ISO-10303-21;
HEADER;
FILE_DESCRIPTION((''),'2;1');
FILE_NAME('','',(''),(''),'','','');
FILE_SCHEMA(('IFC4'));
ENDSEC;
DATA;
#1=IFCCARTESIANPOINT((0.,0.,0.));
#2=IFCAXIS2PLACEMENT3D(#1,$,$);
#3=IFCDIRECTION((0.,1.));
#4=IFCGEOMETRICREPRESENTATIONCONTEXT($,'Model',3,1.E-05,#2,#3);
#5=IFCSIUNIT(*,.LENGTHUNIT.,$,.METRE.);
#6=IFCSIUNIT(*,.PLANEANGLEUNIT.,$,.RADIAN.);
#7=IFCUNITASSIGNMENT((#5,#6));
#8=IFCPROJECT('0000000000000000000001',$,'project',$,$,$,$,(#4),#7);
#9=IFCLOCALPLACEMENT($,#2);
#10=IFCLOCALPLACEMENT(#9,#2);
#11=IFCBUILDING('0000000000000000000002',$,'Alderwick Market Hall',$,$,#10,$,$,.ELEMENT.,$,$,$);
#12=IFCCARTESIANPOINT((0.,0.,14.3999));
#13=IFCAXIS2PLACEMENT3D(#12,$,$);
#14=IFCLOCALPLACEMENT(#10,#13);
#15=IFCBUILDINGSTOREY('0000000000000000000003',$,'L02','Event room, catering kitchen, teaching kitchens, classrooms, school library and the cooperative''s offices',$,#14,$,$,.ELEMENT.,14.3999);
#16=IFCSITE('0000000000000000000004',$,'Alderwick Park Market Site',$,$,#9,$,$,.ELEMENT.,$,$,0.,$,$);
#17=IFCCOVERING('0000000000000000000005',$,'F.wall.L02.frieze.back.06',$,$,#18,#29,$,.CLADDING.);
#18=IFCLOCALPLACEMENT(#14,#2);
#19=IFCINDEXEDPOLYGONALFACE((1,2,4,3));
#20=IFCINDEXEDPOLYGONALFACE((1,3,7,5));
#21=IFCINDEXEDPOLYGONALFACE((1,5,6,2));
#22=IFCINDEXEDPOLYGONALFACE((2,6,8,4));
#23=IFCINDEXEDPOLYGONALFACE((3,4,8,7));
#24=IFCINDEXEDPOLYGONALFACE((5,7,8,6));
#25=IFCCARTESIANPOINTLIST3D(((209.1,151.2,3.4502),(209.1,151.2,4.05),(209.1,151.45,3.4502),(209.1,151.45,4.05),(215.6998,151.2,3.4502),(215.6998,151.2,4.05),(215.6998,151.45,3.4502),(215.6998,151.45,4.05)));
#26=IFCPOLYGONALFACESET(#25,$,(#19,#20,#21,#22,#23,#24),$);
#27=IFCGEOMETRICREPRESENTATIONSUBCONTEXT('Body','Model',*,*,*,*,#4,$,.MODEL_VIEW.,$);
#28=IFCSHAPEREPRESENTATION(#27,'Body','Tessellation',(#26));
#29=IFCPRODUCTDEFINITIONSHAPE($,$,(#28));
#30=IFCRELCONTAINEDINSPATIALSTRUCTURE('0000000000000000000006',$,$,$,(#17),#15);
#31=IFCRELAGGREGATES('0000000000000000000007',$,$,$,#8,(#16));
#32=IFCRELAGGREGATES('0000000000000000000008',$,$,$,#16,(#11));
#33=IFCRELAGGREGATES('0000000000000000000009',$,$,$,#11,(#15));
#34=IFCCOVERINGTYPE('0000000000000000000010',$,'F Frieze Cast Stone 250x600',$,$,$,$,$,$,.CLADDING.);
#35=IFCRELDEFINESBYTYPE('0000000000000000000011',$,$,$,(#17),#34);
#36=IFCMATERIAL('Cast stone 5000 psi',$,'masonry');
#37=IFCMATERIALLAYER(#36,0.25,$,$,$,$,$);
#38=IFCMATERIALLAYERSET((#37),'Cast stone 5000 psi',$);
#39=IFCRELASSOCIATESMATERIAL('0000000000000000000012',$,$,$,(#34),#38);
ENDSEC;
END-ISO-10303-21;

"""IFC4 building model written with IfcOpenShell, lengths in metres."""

from ifc_helpers import new_model, si_unit, direction, frame, frame_2d, origin, place, context, subcontext, project, spatial, rectangle, extrude, material, layer, layer_set, type_object, element, save


model = new_model("IFC4")

# Units and contexts
model_context = context("Model", 3, precision=1e-05, world=origin(), true_north=direction((0.0, 1.0)))
body_context = subcontext(model_context, "Body", "Model", "MODEL_VIEW")
ifc_project = project(units=[si_unit("LENGTHUNIT", "METRE"), si_unit("PLANEANGLEUNIT", "RADIAN")], contexts=[model_context])

# Site, building, storey
site_placement = place(None, origin())
site = spatial("IfcSite", under=ifc_project, at=site_placement, Name="Alderwick Park Market Site", CompositionType="ELEMENT", RefElevation=0.0)
building_placement = place(site_placement, origin())
building = spatial("IfcBuilding", under=site, at=building_placement, Name="Alderwick Market Hall", CompositionType="ELEMENT")
storey_placement = place(building_placement, frame((0.0, 0.0, 14.3999)))
storey = spatial("IfcBuildingStorey", under=building, at=storey_placement, Name="L02", Description="Event room, catering kitchen, teaching kitchens, classrooms, school library and the cooperative's offices", CompositionType="ELEMENT", Elevation=14.3999)

# Covering
ifc_material_1 = material(Name="Cast stone 5000 psi", Category="masonry")
ifc_layer_1 = layer(ifc_material_1, 0.25)
ifc_layer_set_1 = layer_set([ifc_layer_1], Name="Cast stone 5000 psi")
covering_type = type_object("IfcCoveringType", Name="F Frieze Cast Stone 250x600", PredefinedType="CLADDING", material=ifc_layer_set_1)
covering_placement = place(storey_placement, frame((209.1001, 151.325, 3.4502), z_axis=(0.0, 0.0, 1.0), x_axis=(1.0, 0.0, 0.0)))
element("IfcCovering", 1, at=covering_placement, inside=storey, type_object=covering_type, Name="F.wall.L02.frieze.back.06", PredefinedType="CLADDING", context=body_context, shape_type="SweptSolid", body=[
    extrude(rectangle(XDim=6.5999, YDim=0.25, at=frame_2d((3.2998, 0.0))), origin(), (0.0, 0.0, 1.0), 0.5999),
])

save(model, "model.ifc")
